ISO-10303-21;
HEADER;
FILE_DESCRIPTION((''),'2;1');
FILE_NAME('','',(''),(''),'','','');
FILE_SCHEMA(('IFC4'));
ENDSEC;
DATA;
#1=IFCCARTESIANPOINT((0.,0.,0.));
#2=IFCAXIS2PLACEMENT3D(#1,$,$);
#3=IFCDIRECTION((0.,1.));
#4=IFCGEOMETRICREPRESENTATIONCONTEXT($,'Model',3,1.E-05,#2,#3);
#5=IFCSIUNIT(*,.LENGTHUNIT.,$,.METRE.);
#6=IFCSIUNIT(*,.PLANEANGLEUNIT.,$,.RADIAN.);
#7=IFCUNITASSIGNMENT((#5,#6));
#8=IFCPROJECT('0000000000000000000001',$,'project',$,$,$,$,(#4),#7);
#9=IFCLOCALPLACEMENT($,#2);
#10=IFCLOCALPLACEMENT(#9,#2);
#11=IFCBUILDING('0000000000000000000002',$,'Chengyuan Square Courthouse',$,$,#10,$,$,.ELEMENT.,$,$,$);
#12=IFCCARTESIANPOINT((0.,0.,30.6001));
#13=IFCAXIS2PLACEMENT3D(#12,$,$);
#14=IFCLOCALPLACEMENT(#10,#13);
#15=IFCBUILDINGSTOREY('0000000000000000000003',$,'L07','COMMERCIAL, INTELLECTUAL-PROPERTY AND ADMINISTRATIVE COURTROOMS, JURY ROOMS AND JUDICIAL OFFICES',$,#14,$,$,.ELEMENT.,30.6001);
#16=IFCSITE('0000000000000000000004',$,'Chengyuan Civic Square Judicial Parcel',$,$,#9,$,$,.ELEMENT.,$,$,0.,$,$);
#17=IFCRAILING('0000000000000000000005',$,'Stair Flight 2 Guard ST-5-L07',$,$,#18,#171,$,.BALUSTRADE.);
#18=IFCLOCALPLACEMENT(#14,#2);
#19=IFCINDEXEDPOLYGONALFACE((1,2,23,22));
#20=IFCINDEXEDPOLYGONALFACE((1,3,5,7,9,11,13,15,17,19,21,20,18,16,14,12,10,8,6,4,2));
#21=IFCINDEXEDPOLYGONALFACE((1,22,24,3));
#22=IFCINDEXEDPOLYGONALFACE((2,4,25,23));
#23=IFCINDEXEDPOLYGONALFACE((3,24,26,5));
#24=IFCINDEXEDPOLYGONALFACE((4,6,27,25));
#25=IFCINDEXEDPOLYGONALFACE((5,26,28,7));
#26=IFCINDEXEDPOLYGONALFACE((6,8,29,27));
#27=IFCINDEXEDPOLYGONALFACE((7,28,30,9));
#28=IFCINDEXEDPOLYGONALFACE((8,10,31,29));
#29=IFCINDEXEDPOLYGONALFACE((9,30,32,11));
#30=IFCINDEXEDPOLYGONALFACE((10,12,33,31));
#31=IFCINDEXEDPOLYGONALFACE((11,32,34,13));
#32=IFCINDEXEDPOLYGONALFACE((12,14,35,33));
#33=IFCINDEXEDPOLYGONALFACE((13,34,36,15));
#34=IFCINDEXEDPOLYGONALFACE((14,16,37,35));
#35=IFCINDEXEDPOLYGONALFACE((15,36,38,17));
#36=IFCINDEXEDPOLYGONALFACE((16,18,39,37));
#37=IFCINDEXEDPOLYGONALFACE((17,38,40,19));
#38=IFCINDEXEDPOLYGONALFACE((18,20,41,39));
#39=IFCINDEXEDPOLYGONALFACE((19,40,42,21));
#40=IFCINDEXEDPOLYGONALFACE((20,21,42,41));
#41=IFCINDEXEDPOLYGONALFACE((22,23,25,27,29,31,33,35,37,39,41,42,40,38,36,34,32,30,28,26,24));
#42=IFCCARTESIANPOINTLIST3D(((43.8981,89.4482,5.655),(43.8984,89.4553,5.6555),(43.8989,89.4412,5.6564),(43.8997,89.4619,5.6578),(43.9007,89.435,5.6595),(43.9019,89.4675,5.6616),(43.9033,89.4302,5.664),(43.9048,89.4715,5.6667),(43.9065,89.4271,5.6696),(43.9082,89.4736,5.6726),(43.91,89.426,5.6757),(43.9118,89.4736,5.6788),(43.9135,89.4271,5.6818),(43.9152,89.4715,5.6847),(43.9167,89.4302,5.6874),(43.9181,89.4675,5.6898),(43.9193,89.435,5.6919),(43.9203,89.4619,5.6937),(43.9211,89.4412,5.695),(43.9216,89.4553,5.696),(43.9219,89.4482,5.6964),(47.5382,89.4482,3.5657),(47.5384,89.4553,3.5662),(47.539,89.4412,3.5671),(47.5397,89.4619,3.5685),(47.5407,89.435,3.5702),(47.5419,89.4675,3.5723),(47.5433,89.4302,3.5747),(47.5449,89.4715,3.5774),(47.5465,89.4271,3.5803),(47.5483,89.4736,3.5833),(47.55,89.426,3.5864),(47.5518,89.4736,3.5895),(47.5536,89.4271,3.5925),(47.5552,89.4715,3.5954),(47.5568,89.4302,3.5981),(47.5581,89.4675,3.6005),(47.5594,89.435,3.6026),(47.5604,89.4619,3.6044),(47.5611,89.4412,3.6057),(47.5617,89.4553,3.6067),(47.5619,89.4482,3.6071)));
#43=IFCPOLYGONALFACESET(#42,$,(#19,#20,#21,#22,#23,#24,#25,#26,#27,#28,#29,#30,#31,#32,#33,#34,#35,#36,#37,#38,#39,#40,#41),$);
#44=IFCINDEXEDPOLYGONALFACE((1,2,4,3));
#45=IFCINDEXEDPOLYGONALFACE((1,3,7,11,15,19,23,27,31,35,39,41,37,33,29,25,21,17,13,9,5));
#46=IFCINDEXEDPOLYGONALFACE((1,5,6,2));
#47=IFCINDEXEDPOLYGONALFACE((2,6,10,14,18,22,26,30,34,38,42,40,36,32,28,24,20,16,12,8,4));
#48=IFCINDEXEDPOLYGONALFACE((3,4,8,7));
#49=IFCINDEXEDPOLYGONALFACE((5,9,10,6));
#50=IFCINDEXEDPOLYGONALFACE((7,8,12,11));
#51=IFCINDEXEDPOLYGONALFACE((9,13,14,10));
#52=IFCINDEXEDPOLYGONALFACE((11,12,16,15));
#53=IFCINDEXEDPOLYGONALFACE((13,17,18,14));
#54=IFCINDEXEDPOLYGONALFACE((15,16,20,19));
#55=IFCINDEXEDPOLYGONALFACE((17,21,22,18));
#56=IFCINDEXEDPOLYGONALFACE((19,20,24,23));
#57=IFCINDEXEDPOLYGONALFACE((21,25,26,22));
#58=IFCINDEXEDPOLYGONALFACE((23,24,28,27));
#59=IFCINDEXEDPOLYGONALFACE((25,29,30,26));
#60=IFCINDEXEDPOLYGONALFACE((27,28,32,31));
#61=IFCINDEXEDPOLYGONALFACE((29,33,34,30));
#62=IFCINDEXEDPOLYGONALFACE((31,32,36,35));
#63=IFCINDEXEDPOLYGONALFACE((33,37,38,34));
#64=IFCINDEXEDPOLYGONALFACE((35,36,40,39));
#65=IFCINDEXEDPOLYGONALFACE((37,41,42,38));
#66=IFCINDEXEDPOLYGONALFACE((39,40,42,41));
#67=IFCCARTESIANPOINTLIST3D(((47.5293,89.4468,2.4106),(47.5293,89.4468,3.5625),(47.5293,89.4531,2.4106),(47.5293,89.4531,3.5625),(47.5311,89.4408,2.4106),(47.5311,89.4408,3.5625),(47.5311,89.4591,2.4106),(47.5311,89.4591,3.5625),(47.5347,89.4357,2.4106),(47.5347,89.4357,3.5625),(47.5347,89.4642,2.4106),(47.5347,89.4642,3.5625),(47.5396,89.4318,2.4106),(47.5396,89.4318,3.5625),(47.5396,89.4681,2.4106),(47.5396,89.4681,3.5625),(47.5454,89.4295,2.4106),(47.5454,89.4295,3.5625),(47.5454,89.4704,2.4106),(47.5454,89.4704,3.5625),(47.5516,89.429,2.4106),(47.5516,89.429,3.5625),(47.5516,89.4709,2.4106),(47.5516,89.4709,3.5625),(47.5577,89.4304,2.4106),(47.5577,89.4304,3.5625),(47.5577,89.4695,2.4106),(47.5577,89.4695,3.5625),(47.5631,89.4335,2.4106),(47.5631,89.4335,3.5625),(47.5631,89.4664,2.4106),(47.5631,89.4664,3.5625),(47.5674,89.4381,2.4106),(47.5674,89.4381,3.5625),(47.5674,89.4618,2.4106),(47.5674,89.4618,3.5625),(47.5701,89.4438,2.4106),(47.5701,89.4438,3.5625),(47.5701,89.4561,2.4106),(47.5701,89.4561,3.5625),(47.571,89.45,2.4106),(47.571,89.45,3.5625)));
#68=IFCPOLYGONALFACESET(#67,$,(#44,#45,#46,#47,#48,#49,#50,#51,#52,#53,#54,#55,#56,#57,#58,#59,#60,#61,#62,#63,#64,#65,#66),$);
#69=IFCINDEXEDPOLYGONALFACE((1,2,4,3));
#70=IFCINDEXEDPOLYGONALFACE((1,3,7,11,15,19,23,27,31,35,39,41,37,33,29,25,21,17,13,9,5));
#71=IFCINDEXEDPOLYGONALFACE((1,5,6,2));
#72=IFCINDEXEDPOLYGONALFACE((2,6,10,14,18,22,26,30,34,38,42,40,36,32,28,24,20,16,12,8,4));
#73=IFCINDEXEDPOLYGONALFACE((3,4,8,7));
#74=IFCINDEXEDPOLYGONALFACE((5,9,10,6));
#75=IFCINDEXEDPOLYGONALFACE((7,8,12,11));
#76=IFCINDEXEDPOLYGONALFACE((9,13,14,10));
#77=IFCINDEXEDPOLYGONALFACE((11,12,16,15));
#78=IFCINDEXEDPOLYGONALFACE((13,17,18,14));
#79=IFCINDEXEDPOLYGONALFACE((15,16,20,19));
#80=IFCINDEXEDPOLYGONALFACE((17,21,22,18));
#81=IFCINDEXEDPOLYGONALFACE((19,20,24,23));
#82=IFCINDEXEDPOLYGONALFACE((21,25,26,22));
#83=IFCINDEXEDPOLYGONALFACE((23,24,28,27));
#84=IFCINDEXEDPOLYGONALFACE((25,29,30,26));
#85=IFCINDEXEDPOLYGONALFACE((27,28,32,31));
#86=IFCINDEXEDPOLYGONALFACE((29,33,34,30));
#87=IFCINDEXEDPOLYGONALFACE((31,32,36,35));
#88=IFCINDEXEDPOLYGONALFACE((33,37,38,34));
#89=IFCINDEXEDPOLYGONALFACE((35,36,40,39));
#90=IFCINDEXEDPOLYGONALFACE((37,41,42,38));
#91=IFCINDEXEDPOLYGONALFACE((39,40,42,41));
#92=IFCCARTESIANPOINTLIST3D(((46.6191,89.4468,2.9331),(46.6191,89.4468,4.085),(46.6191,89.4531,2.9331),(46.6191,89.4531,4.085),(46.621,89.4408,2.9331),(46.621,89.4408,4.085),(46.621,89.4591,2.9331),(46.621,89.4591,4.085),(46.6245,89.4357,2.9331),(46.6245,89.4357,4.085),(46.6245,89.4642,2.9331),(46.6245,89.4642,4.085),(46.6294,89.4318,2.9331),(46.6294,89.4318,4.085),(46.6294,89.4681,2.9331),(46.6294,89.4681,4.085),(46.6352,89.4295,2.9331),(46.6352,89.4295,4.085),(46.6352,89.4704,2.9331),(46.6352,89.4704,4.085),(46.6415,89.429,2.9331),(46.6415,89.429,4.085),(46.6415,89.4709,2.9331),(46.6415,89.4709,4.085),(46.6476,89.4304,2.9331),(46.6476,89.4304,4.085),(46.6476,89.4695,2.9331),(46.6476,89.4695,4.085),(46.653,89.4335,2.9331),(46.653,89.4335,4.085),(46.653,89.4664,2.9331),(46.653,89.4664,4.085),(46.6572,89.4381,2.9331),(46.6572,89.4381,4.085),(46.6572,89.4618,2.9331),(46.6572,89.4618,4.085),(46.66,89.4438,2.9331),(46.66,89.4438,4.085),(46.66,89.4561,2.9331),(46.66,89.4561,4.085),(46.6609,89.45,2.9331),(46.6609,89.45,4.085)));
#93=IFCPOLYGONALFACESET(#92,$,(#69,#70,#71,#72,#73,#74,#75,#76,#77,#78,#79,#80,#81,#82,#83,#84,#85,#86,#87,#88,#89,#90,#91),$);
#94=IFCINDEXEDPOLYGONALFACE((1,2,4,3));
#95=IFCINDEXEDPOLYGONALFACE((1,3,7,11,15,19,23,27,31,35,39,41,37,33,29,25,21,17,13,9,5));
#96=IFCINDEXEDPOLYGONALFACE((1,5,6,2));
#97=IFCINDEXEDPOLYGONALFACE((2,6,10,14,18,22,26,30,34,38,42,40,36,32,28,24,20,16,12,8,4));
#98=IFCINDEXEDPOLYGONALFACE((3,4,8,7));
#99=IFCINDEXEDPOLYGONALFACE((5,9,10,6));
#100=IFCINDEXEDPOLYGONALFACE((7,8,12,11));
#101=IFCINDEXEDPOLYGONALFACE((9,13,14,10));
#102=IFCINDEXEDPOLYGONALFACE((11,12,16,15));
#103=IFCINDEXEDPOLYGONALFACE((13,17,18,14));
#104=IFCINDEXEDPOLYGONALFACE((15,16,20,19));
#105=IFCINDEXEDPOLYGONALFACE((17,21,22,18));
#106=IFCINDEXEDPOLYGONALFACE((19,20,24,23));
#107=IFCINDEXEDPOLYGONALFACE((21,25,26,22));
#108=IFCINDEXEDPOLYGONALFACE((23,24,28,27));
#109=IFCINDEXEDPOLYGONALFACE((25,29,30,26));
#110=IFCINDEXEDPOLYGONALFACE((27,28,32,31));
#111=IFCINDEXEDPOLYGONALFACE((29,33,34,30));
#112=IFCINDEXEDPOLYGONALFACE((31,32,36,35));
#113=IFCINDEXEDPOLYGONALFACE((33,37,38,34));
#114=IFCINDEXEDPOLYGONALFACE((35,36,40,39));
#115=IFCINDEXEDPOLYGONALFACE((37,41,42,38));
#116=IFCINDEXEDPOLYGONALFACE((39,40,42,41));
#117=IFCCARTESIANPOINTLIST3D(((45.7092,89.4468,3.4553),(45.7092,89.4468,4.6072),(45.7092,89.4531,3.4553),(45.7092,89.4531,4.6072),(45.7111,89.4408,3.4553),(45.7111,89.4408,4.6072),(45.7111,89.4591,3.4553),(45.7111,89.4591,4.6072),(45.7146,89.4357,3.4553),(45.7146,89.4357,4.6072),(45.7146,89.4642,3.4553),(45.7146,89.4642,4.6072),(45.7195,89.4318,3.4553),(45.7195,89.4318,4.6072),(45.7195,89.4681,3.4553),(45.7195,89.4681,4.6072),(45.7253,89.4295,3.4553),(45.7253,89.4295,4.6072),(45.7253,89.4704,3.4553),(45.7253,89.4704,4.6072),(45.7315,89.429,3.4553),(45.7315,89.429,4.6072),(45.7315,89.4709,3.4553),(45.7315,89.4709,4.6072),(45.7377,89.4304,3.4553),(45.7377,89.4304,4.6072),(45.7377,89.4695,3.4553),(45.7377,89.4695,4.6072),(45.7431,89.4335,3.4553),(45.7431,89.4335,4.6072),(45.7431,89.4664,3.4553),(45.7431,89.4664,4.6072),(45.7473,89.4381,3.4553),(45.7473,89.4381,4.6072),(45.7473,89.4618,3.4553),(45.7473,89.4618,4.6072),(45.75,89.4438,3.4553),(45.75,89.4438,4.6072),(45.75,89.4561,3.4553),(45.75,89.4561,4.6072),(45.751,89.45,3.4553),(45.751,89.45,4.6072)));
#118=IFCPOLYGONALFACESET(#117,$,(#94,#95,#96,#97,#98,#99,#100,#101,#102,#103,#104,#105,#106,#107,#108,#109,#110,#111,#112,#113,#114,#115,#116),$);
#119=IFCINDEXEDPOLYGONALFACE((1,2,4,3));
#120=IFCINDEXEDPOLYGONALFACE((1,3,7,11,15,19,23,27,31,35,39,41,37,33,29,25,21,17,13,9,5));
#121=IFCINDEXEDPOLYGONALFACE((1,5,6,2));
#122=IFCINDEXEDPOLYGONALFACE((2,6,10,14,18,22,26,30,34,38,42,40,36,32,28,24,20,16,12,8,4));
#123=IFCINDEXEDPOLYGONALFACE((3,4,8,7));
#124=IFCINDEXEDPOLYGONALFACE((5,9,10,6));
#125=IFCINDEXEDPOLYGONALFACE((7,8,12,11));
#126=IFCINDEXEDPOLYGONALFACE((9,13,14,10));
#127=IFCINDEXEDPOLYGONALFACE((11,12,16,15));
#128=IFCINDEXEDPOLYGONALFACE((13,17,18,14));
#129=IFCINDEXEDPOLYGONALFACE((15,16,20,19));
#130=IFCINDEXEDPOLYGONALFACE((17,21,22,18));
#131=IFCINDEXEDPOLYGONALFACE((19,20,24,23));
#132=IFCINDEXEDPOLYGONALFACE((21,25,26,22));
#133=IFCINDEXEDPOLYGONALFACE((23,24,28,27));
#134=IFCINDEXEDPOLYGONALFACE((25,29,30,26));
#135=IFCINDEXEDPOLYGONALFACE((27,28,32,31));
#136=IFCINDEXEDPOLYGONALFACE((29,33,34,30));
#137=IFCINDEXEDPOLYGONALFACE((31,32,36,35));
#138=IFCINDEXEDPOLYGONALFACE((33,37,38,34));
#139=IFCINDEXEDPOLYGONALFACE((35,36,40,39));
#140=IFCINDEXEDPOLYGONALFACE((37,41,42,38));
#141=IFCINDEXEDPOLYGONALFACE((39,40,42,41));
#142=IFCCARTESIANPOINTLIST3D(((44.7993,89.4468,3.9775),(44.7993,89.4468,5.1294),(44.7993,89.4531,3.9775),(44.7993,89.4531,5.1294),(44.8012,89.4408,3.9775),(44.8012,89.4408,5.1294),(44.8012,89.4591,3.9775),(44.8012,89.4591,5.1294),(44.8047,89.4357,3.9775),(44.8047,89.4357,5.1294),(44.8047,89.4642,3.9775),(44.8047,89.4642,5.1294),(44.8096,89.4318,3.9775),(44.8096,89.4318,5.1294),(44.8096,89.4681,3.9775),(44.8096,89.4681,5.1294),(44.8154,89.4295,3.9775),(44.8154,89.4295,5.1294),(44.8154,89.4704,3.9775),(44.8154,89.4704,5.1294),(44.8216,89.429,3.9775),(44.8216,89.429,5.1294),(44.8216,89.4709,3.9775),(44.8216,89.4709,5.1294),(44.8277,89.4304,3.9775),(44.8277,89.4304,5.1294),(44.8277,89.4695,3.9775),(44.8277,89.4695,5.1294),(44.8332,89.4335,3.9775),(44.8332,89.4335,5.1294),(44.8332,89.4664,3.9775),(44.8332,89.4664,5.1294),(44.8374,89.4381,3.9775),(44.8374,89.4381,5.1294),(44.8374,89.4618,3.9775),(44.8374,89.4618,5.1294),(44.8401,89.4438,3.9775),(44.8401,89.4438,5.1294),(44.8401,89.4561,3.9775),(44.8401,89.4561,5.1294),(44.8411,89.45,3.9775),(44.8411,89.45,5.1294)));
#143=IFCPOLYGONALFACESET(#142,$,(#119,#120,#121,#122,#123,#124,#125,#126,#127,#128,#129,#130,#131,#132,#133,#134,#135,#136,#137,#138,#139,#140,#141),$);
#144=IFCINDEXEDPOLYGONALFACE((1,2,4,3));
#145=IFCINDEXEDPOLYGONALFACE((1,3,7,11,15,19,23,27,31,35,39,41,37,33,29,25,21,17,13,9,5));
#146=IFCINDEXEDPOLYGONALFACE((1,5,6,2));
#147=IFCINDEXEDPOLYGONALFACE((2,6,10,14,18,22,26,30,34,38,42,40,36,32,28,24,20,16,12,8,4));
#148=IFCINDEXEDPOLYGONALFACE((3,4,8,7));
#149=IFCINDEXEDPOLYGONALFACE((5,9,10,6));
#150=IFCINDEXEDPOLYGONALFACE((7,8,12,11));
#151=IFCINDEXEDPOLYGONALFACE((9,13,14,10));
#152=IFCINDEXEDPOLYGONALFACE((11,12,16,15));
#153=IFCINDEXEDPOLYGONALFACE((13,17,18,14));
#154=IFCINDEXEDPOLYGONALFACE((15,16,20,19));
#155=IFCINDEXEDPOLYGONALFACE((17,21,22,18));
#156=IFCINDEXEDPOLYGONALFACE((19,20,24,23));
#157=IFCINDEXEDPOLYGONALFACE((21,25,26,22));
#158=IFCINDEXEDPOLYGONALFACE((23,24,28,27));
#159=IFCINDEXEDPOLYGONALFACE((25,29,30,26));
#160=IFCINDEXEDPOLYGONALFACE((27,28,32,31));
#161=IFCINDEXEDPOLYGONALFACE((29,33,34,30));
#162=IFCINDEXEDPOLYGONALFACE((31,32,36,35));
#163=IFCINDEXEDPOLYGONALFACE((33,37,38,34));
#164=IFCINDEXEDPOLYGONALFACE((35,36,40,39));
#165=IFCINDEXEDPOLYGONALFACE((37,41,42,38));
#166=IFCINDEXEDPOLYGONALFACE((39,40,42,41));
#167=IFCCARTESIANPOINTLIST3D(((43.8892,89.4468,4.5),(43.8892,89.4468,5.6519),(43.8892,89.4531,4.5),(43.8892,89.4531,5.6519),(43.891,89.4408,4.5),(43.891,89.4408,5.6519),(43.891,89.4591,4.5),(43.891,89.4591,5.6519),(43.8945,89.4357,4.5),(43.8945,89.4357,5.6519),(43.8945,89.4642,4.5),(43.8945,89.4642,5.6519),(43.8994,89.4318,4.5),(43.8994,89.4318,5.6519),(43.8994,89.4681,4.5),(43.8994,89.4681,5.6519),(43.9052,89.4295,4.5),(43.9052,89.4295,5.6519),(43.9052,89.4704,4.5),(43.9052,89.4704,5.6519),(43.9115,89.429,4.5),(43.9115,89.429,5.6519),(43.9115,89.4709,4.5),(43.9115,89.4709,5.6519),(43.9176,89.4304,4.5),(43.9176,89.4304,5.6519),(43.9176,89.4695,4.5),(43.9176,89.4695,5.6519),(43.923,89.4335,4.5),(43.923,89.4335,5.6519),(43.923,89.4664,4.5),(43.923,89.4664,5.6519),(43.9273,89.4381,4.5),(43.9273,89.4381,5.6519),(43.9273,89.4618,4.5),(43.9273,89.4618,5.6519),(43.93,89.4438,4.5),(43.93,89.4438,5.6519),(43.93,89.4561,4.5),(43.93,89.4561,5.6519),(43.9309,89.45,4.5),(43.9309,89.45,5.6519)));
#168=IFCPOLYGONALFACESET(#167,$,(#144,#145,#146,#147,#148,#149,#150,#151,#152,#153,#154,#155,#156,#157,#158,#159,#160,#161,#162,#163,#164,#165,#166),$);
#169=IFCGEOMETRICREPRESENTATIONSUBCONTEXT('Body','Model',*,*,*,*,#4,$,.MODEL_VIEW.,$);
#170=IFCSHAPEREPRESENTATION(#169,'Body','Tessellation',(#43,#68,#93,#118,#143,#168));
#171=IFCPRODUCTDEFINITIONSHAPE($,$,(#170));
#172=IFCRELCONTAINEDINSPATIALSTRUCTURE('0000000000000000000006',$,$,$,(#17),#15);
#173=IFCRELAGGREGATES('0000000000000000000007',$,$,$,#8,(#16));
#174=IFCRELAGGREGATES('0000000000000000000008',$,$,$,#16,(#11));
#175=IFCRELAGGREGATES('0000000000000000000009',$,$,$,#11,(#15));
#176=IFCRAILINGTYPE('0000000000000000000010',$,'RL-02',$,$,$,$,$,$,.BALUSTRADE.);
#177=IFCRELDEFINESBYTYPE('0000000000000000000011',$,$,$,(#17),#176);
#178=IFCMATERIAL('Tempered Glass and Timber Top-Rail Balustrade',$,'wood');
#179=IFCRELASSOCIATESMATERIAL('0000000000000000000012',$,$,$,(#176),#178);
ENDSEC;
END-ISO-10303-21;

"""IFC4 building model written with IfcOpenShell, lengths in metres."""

from ifc_helpers import new_model, si_unit, direction, frame, origin, origin_2d, place, context, subcontext, project, spatial, circle, extrude, material, type_object, element, save


model = new_model("IFC4")

# Units and contexts
model_context = context("Model", 3, precision=1e-05, world=origin(), true_north=direction((0.0, 1.0)))
body_context = subcontext(model_context, "Body", "Model", "MODEL_VIEW")
ifc_project = project(units=[si_unit("LENGTHUNIT", "METRE"), si_unit("PLANEANGLEUNIT", "RADIAN")], contexts=[model_context])

# Site, building, storey
site_placement = place(None, origin())
site = spatial("IfcSite", under=ifc_project, at=site_placement, Name="Chengyuan Civic Square Judicial Parcel", CompositionType="ELEMENT", RefElevation=0.0)
building_placement = place(site_placement, origin())
building = spatial("IfcBuilding", under=site, at=building_placement, Name="Chengyuan Square Courthouse", CompositionType="ELEMENT")
storey_placement = place(building_placement, frame((0.0, 0.0, 30.6001)))
storey = spatial("IfcBuildingStorey", under=building, at=storey_placement, Name="L07", Description="COMMERCIAL, INTELLECTUAL-PROPERTY AND ADMINISTRATIVE COURTROOMS, JURY ROOMS AND JUDICIAL OFFICES", CompositionType="ELEMENT", Elevation=30.6001)

# Railing
ifc_material_1 = material(Name="Tempered Glass and Timber Top-Rail Balustrade", Category="wood")
railing_type_1 = type_object("IfcRailingType", Name="RL-02", PredefinedType="BALUSTRADE", material=ifc_material_1)
railing_1_placement = place(storey_placement, frame((47.55, 89.45, 2.4106)))
element("IfcRailing", 1, at=railing_1_placement, inside=storey, type_object=railing_type_1, Name="Stair Flight 2 Guard ST-5-L07", PredefinedType="BALUSTRADE", context=body_context, shape_type="SweptSolid", body=[
    extrude(circle(Radius=0.0239, at=origin_2d()), frame((0.0, 0.0, 1.1758), z_axis=(-0.867289, 0.0, 0.497804), x_axis=(0.0, -1.0, 0.0)), (0.0, 0.0, 1.0), 4.197),
    extrude(circle(Radius=0.021, at=origin_2d()), origin(), (0.0, 0.0, 1.0), 1.1519),
    extrude(circle(Radius=0.021, at=origin_2d()), frame((-0.9102, 0.0, 0.5225)), (0.0, 0.0, 1.0), 1.1519),
    extrude(circle(Radius=0.021, at=origin_2d()), frame((-1.8201, 0.0, 1.0447)), (0.0, 0.0, 1.0), 1.1519),
    extrude(circle(Radius=0.021, at=origin_2d()), frame((-2.73, 0.0, 1.5669)), (0.0, 0.0, 1.0), 1.1519),
    extrude(circle(Radius=0.021, at=origin_2d()), frame((-3.6401, 0.0, 2.0894)), (0.0, 0.0, 1.0), 1.1519),
])

save(model, "model.ifc")
